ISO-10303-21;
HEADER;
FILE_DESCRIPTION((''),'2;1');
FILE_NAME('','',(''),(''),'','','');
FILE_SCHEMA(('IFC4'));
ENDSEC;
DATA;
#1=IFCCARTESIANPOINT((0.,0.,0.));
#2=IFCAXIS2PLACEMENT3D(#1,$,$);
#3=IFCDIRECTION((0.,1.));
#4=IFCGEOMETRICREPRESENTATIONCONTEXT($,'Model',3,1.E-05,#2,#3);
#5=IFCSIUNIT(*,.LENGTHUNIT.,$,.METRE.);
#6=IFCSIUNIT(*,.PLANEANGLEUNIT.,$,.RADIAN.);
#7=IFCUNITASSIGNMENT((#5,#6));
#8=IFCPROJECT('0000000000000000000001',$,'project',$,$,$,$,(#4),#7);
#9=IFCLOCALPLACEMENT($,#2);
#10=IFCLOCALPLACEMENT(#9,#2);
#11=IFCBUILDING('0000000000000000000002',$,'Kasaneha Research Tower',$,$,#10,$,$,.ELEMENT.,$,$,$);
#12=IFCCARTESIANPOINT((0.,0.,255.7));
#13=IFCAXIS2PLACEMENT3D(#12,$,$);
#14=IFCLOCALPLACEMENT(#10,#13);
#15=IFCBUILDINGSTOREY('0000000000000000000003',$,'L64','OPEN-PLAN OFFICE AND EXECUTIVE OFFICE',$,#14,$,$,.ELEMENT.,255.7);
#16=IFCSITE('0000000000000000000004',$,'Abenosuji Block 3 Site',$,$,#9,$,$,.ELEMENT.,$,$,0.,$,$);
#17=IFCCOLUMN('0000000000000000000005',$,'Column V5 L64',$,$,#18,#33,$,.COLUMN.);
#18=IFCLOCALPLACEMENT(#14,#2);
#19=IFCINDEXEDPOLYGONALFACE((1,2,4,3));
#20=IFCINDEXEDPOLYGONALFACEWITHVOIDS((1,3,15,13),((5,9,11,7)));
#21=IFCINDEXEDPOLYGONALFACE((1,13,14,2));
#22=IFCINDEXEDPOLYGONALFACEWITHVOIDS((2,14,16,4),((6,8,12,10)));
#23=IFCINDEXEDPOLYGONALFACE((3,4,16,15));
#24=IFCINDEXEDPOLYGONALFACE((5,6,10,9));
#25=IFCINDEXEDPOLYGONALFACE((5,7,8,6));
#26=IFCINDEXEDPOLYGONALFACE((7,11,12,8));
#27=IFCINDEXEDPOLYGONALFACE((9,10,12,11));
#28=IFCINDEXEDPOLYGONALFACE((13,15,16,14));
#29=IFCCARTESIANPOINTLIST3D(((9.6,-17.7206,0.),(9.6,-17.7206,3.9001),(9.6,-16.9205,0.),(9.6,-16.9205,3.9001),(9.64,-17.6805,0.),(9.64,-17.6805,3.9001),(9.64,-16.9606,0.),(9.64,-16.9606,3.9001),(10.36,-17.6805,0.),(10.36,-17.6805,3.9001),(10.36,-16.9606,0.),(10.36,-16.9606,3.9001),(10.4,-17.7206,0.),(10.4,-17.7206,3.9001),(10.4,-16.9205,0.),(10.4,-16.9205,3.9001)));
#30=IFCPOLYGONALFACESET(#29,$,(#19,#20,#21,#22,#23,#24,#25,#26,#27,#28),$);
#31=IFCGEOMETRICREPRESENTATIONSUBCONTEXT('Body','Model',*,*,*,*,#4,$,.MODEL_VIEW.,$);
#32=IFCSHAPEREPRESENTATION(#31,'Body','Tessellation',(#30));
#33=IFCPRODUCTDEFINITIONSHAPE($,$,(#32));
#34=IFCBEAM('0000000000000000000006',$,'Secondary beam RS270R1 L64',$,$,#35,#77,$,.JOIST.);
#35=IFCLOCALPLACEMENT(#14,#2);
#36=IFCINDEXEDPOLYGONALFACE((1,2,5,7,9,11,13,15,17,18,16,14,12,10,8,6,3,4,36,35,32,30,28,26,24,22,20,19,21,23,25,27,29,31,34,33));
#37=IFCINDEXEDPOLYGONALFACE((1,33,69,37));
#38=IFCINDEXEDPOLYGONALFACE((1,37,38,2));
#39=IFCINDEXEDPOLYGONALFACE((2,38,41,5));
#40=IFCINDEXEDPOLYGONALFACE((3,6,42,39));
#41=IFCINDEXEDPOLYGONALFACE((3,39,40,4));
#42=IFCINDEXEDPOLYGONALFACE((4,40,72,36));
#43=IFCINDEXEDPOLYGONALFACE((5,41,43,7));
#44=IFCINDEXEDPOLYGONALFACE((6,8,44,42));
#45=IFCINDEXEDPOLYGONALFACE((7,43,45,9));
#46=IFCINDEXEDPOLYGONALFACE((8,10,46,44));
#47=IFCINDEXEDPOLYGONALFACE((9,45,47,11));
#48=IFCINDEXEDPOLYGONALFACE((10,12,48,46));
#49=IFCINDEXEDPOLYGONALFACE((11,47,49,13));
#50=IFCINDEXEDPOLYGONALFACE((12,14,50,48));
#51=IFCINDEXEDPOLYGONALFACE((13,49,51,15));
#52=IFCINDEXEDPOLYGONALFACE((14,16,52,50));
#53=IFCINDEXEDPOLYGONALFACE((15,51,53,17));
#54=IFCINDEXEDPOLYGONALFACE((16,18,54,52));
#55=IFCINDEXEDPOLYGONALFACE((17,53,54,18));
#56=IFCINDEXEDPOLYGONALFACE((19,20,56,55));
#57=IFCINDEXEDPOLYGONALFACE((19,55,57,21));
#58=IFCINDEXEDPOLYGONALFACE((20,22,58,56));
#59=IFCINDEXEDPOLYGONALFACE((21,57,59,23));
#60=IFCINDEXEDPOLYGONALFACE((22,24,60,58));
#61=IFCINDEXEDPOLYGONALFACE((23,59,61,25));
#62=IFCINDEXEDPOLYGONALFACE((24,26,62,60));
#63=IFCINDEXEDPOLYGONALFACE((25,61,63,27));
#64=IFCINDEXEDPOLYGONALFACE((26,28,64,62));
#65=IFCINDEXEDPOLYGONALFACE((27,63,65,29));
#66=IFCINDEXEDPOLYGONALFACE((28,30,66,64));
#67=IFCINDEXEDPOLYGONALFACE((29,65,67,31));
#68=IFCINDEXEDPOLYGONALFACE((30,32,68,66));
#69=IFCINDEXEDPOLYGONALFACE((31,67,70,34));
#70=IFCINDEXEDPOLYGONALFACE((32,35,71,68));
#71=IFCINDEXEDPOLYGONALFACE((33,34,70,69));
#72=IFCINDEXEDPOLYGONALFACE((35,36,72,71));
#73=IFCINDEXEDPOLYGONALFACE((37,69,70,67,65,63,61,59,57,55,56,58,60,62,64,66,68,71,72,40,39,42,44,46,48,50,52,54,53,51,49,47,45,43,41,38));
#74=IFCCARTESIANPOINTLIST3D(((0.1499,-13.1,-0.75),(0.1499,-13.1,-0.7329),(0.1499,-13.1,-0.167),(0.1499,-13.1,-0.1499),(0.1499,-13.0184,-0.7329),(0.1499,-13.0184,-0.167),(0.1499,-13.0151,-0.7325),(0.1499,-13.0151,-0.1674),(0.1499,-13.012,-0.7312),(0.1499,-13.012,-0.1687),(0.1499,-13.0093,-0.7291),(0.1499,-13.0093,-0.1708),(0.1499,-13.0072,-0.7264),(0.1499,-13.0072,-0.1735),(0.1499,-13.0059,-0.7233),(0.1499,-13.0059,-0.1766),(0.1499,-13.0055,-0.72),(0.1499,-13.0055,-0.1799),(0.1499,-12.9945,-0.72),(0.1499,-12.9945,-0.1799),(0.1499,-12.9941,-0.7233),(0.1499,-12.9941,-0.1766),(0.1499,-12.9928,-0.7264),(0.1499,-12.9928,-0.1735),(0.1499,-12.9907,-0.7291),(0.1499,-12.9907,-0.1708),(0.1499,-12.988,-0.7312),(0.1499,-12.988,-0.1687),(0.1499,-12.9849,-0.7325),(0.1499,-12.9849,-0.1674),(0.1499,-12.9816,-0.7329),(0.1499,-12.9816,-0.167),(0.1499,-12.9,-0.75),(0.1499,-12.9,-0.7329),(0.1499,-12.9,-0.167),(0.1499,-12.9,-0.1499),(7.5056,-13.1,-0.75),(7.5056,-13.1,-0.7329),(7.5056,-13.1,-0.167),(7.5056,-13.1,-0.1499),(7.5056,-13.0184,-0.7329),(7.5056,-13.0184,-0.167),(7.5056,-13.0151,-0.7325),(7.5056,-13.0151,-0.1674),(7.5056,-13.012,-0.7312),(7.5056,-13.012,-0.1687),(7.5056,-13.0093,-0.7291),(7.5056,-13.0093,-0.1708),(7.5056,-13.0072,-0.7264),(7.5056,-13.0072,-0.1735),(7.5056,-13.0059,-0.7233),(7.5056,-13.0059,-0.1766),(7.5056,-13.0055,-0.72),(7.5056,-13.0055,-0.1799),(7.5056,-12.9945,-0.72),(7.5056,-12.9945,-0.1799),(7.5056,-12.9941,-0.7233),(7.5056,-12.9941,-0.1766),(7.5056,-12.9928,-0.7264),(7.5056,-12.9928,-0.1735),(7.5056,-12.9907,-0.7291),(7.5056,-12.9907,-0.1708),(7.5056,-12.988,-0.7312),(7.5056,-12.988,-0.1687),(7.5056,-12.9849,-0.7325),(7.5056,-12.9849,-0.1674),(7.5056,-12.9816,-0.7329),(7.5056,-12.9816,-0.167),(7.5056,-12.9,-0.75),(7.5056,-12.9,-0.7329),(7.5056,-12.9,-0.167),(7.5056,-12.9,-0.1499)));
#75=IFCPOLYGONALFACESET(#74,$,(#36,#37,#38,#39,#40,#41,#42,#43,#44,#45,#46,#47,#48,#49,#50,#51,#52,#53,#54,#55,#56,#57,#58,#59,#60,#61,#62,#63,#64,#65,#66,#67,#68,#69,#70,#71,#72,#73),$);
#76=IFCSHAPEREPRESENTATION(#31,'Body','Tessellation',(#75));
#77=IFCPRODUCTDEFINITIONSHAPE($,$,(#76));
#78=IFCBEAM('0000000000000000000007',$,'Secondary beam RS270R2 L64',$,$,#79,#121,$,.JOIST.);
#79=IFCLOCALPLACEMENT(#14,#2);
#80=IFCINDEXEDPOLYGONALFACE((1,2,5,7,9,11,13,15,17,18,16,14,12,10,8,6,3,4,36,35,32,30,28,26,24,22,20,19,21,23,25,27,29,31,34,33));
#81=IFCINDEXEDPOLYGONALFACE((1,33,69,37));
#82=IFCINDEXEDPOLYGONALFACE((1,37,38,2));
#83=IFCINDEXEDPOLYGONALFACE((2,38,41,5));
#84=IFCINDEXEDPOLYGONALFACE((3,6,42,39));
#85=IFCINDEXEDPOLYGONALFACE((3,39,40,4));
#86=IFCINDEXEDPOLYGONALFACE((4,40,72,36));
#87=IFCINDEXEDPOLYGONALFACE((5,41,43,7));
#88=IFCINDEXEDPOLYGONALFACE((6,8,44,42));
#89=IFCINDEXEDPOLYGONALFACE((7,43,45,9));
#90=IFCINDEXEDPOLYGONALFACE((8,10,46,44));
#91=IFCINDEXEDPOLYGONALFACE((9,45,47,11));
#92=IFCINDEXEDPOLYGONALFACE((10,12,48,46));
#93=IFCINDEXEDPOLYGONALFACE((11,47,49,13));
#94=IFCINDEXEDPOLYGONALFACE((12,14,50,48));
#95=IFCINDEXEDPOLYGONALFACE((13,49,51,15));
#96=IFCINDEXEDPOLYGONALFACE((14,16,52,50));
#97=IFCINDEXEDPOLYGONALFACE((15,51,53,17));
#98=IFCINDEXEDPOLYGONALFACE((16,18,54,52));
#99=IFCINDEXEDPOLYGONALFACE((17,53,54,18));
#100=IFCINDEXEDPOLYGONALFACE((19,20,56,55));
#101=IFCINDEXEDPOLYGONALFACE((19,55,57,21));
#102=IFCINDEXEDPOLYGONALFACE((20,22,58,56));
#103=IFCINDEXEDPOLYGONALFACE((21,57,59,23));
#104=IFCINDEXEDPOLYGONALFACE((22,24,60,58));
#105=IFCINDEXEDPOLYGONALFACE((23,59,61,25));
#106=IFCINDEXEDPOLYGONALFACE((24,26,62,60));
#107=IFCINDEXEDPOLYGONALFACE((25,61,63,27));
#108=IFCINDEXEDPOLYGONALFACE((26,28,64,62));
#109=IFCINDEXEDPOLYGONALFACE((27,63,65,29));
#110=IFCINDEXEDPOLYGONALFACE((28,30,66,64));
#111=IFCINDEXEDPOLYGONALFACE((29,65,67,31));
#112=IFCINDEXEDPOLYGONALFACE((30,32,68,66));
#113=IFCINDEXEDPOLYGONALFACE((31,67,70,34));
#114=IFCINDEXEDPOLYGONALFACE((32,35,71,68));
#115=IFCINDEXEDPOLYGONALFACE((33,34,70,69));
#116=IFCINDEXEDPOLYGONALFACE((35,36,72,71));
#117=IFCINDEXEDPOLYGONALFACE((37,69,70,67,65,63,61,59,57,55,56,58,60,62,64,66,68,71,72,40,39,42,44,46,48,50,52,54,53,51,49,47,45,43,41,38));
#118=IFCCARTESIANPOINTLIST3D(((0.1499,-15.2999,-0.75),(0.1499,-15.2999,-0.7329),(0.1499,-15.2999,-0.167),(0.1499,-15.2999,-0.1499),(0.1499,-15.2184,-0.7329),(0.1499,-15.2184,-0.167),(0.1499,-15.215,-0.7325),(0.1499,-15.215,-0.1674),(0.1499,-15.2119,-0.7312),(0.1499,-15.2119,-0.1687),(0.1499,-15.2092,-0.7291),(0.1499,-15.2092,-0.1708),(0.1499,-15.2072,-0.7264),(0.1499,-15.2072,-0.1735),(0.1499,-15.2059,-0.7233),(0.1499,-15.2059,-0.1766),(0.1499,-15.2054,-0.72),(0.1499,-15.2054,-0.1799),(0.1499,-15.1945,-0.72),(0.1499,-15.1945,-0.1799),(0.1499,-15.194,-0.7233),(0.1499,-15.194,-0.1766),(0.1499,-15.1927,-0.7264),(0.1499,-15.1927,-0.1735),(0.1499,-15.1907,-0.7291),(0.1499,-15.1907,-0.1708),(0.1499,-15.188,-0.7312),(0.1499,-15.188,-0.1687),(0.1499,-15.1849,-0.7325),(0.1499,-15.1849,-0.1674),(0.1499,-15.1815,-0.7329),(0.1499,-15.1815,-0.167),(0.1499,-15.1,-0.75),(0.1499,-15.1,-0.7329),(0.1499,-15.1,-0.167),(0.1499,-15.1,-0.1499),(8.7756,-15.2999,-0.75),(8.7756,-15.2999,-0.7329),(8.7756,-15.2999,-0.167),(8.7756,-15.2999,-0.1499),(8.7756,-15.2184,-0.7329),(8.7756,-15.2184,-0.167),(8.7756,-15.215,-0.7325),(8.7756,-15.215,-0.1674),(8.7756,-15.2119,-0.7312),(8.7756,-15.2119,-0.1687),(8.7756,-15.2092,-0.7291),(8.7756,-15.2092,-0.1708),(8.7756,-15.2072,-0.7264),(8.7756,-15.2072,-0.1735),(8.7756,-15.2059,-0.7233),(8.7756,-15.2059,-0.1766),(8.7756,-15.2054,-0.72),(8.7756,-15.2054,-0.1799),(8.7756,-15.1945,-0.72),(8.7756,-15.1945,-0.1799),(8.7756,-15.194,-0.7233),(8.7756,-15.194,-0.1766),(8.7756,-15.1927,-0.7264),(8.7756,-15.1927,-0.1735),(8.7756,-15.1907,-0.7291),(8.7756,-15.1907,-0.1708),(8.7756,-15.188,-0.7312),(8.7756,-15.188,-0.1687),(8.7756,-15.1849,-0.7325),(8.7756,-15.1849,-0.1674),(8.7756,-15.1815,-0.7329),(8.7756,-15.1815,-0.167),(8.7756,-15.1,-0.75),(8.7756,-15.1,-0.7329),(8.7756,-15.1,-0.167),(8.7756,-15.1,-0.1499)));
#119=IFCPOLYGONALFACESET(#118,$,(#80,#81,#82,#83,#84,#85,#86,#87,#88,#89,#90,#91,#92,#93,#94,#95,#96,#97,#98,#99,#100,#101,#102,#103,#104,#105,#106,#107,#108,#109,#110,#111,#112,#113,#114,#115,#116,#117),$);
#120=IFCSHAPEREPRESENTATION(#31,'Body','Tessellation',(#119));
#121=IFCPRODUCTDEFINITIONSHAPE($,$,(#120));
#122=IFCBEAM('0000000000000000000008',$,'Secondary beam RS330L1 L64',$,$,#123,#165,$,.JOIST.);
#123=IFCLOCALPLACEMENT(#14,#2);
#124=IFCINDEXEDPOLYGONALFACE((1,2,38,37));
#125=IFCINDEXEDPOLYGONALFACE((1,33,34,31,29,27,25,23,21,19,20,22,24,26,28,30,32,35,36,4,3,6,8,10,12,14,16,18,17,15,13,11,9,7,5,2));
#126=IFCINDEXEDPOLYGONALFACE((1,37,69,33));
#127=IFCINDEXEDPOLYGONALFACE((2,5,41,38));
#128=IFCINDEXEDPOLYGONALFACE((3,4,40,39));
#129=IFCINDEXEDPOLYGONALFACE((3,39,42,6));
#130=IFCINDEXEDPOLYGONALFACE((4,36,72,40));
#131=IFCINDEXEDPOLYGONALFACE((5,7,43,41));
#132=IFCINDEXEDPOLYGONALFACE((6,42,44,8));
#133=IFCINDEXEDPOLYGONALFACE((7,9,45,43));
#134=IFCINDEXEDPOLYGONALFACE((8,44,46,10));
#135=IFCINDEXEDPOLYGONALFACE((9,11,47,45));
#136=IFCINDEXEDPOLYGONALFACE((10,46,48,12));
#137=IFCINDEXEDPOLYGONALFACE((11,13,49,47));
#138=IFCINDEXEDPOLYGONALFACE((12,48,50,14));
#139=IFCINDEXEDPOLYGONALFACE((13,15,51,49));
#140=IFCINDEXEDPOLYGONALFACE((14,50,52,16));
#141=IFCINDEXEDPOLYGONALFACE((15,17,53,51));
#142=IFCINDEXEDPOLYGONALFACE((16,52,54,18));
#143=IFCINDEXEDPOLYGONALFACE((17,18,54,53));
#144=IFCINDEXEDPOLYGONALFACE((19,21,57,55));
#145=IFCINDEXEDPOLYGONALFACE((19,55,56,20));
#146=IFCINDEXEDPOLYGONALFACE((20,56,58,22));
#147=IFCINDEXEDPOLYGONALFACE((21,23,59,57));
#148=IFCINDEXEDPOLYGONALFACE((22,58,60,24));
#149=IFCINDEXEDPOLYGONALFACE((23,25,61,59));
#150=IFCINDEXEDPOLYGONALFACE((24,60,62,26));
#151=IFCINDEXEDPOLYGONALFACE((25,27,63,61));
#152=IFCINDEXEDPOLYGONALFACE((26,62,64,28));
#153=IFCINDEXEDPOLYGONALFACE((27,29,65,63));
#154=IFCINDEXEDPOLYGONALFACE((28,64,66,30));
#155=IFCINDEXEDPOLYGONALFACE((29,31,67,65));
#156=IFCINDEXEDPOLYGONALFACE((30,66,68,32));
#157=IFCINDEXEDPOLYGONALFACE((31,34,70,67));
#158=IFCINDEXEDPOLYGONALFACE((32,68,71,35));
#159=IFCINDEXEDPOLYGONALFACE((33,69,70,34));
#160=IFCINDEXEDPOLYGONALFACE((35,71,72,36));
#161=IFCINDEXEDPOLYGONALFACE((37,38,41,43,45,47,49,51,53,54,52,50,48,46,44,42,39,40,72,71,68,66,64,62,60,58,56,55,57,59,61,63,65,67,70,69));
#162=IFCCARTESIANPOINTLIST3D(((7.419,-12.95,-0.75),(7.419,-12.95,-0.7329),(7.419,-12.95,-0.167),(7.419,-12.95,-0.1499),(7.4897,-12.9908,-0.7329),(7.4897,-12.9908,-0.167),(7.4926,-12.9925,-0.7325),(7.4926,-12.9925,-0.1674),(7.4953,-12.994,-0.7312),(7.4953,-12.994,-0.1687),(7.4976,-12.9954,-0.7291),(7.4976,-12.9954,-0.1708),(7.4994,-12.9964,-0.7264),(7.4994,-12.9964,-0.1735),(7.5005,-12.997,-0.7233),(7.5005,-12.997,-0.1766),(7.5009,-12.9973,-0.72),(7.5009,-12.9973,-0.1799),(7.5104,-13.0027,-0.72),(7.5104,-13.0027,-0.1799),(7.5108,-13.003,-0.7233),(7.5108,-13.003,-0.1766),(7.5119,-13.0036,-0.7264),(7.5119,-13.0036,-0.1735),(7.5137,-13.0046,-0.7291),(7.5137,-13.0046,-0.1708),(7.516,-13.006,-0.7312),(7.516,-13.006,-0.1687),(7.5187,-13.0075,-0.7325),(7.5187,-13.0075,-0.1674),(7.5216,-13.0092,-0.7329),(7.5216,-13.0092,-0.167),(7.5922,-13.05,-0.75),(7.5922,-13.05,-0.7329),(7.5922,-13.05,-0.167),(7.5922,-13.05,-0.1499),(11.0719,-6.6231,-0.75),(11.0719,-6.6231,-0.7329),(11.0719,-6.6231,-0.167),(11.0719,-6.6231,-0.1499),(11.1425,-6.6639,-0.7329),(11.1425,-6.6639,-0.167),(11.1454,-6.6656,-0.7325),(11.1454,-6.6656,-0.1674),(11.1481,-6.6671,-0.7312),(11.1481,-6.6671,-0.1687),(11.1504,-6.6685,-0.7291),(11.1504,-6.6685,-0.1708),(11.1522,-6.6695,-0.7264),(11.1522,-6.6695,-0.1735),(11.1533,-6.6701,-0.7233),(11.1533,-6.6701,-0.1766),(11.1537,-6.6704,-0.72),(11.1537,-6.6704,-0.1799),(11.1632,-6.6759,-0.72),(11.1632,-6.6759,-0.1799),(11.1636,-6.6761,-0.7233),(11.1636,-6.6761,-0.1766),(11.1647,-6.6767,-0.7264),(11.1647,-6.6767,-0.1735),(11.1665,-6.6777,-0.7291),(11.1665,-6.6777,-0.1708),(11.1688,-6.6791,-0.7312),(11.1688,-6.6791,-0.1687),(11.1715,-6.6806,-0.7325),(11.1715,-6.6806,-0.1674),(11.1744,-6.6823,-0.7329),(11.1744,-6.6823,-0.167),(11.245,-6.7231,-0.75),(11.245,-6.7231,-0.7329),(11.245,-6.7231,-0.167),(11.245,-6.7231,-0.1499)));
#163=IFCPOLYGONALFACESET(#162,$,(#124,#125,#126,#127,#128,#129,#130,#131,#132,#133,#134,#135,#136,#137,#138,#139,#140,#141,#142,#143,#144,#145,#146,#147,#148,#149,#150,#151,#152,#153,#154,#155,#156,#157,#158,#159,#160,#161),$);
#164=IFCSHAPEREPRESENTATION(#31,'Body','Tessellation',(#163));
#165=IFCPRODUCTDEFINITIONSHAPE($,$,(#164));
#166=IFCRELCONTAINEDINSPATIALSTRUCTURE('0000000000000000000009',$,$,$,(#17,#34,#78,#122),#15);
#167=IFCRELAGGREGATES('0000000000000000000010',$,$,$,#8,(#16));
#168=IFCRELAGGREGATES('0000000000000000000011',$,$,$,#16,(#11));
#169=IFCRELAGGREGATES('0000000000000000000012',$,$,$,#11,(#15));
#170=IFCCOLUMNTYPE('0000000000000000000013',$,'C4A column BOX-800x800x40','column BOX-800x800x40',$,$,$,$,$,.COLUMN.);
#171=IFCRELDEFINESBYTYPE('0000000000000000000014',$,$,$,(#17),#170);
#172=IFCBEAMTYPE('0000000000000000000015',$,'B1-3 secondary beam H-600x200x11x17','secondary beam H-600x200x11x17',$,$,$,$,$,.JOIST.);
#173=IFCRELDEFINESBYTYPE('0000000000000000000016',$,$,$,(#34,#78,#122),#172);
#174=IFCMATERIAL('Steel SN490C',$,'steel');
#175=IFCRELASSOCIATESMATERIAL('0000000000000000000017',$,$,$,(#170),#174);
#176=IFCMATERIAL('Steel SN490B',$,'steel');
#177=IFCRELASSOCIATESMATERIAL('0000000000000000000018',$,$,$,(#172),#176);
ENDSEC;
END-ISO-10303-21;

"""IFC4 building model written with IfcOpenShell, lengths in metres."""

from ifc_helpers import new_model, si_unit, direction, frame, origin, origin_2d, place, context, subcontext, project, spatial, hollow_rectangle, i_section, extrude, material, material_profile, profile_set, type_object, element, save


model = new_model("IFC4")

# Units and contexts
model_context = context("Model", 3, precision=1e-05, world=origin(), true_north=direction((0.0, 1.0)))
body_context = subcontext(model_context, "Body", "Model", "MODEL_VIEW")
ifc_project = project(units=[si_unit("LENGTHUNIT", "METRE"), si_unit("PLANEANGLEUNIT", "RADIAN")], contexts=[model_context])

# Site, building, storey
site_placement = place(None, origin())
site = spatial("IfcSite", under=ifc_project, at=site_placement, Name="Abenosuji Block 3 Site", CompositionType="ELEMENT", RefElevation=0.0)
building_placement = place(site_placement, origin())
building = spatial("IfcBuilding", under=site, at=building_placement, Name="Kasaneha Research Tower", CompositionType="ELEMENT")
storey_placement = place(building_placement, frame((0.0, 0.0, 255.7)))
storey = spatial("IfcBuildingStorey", under=building, at=storey_placement, Name="L64", Description="OPEN-PLAN OFFICE AND EXECUTIVE OFFICE", CompositionType="ELEMENT", Elevation=255.7)

# Column
ifc_material_1 = material(Name="Steel SN490C", Category="steel")
ifc_material_profile_1 = material_profile(ifc_material_1, hollow_rectangle(XDim=0.8, YDim=0.8, WallThickness=0.04, at=origin_2d()), Name="BOX-800x800x40")
ifc_profile_set_1 = profile_set([ifc_material_profile_1], Name="Steel SN490C")
column_type = type_object("IfcColumnType", Name="C4A column BOX-800x800x40", Description="column BOX-800x800x40", PredefinedType="COLUMN", material=ifc_profile_set_1)
column_placement = place(storey_placement, frame((10.0, -17.3206, 0.0), z_axis=(0.0, 0.0, 1.0), x_axis=(1.0, 0.0, 0.0)))
element("IfcColumn", 1, at=column_placement, inside=storey, type_object=column_type, Name="Column V5 L64", PredefinedType="COLUMN", context=body_context, shape_type="SweptSolid", body=[
    extrude(hollow_rectangle(XDim=0.8, YDim=0.8, WallThickness=0.04, at=origin_2d()), origin(), (0.0, 0.0, 1.0), 3.9001),
])

# Beams
ifc_material_2 = material(Name="Steel SN490B", Category="steel")
ifc_material_profile_2 = material_profile(ifc_material_2, i_section(OverallWidth=0.2, OverallDepth=0.6001, WebThickness=0.011, FlangeThickness=0.0171, FilletRadius=0.0129, at=origin_2d()), Name="H-600x200x11x17")
ifc_profile_set_2 = profile_set([ifc_material_profile_2], Name="Steel SN490B")
beam_type_1 = type_object("IfcBeamType", Name="B1-3 secondary beam H-600x200x11x17", Description="secondary beam H-600x200x11x17", PredefinedType="JOIST", material=ifc_profile_set_2)
beam_1_placement = place(storey_placement, frame((7.5056, -13.0, -0.45), z_axis=(-1.0, 0.0, 0.0), x_axis=(0.0, -1.0, 0.0)))
element("IfcBeam", 2, at=beam_1_placement, inside=storey, type_object=beam_type_1, Name="Secondary beam RS270R1 L64", PredefinedType="JOIST", context=body_context, shape_type="SweptSolid", body=[
    extrude(i_section(OverallWidth=0.2, OverallDepth=0.6001, WebThickness=0.011, FlangeThickness=0.0171, FilletRadius=0.0129, at=origin_2d()), origin(), (0.0, 0.0, 1.0), 7.3557),
])
beam_2_placement = place(storey_placement, frame((8.7756, -15.2, -0.45), z_axis=(-1.0, 0.0, 0.0), x_axis=(0.0, -1.0, 0.0)))
element("IfcBeam", 3, at=beam_2_placement, inside=storey, type_object=beam_type_1, Name="Secondary beam RS270R2 L64", PredefinedType="JOIST", context=body_context, shape_type="SweptSolid", body=[
    extrude(i_section(OverallWidth=0.2, OverallDepth=0.6001, WebThickness=0.011, FlangeThickness=0.0171, FilletRadius=0.0129, at=origin_2d()), origin(), (0.0, 0.0, 1.0), 8.6257),
])
beam_3_placement = place(storey_placement, frame((7.5056, -13.0, -0.45), z_axis=(0.499999, 0.866026, 0.0), x_axis=(-0.866026, 0.499999, 0.0)))
element("IfcBeam", 4, at=beam_3_placement, inside=storey, type_object=beam_type_1, Name="Secondary beam RS330L1 L64", PredefinedType="JOIST", context=body_context, shape_type="SweptSolid", body=[
    extrude(i_section(OverallWidth=0.2, OverallDepth=0.6001, WebThickness=0.011, FlangeThickness=0.0171, FilletRadius=0.0129, at=origin_2d()), origin(), (0.0, 0.0, 1.0), 7.3057),
])

save(model, "model.ifc")
